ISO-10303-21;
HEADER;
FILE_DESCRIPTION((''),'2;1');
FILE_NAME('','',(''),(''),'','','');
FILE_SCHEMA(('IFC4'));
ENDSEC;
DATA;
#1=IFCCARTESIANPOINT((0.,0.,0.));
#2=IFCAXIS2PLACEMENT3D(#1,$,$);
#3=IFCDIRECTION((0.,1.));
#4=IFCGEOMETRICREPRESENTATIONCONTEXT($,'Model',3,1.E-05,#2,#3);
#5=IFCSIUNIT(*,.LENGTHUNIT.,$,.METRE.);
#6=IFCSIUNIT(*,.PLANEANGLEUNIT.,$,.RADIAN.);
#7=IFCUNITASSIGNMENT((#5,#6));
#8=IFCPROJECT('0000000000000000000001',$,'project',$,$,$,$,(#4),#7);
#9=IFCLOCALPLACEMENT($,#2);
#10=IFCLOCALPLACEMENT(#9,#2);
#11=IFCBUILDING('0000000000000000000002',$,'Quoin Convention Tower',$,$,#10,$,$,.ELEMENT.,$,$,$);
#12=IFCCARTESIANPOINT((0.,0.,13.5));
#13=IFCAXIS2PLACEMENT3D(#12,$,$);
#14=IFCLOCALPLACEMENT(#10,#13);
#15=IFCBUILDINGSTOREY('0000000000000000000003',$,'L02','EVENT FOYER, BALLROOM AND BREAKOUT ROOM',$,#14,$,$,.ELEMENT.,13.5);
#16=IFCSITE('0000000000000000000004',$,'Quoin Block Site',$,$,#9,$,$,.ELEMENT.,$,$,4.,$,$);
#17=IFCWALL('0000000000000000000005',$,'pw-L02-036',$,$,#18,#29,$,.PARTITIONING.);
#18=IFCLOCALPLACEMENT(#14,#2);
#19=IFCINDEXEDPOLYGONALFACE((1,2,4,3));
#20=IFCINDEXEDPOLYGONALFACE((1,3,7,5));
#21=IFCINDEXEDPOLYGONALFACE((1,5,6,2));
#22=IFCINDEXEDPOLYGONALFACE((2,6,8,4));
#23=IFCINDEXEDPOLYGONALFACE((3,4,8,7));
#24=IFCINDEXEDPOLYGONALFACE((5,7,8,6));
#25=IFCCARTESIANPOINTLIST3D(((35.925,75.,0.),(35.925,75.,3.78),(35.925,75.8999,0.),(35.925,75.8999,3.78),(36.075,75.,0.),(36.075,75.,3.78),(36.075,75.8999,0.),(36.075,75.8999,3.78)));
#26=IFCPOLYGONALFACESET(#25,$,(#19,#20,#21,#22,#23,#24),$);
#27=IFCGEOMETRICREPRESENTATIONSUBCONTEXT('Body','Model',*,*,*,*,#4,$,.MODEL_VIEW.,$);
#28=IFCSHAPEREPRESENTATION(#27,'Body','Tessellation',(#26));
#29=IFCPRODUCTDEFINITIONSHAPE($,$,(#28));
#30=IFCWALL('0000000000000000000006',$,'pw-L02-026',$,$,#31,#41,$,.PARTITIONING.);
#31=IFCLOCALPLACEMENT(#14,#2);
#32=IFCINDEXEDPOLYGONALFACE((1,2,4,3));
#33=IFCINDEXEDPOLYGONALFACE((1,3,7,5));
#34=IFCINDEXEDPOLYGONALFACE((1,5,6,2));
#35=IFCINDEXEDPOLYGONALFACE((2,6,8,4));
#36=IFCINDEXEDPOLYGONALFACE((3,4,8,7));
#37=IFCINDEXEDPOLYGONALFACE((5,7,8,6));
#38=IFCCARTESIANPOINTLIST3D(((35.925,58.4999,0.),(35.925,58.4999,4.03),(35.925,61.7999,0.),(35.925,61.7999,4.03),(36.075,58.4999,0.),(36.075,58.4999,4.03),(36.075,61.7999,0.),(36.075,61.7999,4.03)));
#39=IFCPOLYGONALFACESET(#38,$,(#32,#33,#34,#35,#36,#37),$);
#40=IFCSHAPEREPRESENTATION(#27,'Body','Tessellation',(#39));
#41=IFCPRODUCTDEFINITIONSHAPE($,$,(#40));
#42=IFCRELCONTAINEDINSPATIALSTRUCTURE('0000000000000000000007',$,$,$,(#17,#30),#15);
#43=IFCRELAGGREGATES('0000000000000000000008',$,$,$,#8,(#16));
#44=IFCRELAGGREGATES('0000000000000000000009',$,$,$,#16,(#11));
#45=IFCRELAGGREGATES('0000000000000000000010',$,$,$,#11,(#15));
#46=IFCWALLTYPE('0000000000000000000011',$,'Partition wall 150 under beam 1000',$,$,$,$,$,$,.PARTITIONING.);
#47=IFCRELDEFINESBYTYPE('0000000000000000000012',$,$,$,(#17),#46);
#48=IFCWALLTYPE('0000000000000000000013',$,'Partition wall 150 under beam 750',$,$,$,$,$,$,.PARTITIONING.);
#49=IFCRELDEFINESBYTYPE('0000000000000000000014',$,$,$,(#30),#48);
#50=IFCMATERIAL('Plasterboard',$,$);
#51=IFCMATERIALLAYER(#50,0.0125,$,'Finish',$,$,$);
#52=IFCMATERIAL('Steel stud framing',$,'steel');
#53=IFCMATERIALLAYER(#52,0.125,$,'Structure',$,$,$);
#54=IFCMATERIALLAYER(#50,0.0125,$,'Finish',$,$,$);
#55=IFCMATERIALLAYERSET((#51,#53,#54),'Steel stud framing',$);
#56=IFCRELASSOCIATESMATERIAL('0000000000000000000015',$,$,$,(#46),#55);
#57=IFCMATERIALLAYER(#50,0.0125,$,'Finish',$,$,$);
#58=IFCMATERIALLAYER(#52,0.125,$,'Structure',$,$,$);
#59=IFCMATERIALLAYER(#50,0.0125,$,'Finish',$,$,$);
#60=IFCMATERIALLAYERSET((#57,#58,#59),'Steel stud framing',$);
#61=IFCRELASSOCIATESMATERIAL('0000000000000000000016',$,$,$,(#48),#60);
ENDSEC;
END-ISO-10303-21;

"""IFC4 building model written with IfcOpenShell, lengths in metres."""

from ifc_helpers import new_model, si_unit, direction, frame, frame_2d, origin, place, context, subcontext, project, spatial, rectangle, extrude, material, layer, layer_set, type_object, element, save


model = new_model("IFC4")

# Units and contexts
model_context = context("Model", 3, precision=1e-05, world=origin(), true_north=direction((0.0, 1.0)))
body_context = subcontext(model_context, "Body", "Model", "MODEL_VIEW")
ifc_project = project(units=[si_unit("LENGTHUNIT", "METRE"), si_unit("PLANEANGLEUNIT", "RADIAN")], contexts=[model_context])

# Site, building, storey
site_placement = place(None, origin())
site = spatial("IfcSite", under=ifc_project, at=site_placement, Name="Quoin Block Site", CompositionType="ELEMENT", RefElevation=4.0)
building_placement = place(site_placement, origin())
building = spatial("IfcBuilding", under=site, at=building_placement, Name="Quoin Convention Tower", CompositionType="ELEMENT")
storey_placement = place(building_placement, frame((0.0, 0.0, 13.5)))
storey = spatial("IfcBuildingStorey", under=building, at=storey_placement, Name="L02", Description="EVENT FOYER, BALLROOM AND BREAKOUT ROOM", CompositionType="ELEMENT", Elevation=13.5)

# Shared definitions
ifc_material_1 = material(Name="Plasterboard")
ifc_material_2 = material(Name="Steel stud framing", Category="steel")

# Walls
ifc_layer_1 = layer(ifc_material_1, 0.0125, Name="Finish")
ifc_layer_2 = layer(ifc_material_2, 0.125, Name="Structure")
ifc_layer_3 = layer(ifc_material_1, 0.0125, Name="Finish")
ifc_layer_set_1 = layer_set([ifc_layer_1, ifc_layer_2, ifc_layer_3], Name="Steel stud framing")
wall_type_1 = type_object("IfcWallType", Name="Partition wall 150 under beam 1000", PredefinedType="PARTITIONING", material=ifc_layer_set_1)
wall_1_placement = place(storey_placement, frame((36.0, 75.0, 0.0), z_axis=(0.0, 0.0, 1.0), x_axis=(0.0, 1.0, 0.0)))
element("IfcWall", 1, at=wall_1_placement, inside=storey, type_object=wall_type_1, Name="pw-L02-036", PredefinedType="PARTITIONING", context=body_context, shape_type="SweptSolid", body=[
    extrude(rectangle(XDim=0.8999, YDim=0.1499, at=frame_2d((0.45, 0.0))), origin(), (0.0, 0.0, 1.0), 3.78),
])
ifc_layer_4 = layer(ifc_material_1, 0.0125, Name="Finish")
ifc_layer_5 = layer(ifc_material_2, 0.125, Name="Structure")
ifc_layer_6 = layer(ifc_material_1, 0.0125, Name="Finish")
ifc_layer_set_2 = layer_set([ifc_layer_4, ifc_layer_5, ifc_layer_6], Name="Steel stud framing")
wall_type_2 = type_object("IfcWallType", Name="Partition wall 150 under beam 750", PredefinedType="PARTITIONING", material=ifc_layer_set_2)
wall_2_placement = place(storey_placement, frame((36.0, 58.5, 0.0), z_axis=(0.0, 0.0, 1.0), x_axis=(0.0, 1.0, 0.0)))
element("IfcWall", 2, at=wall_2_placement, inside=storey, type_object=wall_type_2, Name="pw-L02-026", PredefinedType="PARTITIONING", context=body_context, shape_type="SweptSolid", body=[
    extrude(rectangle(XDim=3.3, YDim=0.1499, at=frame_2d((1.6499, 0.0))), origin(), (0.0, 0.0, 1.0), 4.03),
])

save(model, "model.ifc")
